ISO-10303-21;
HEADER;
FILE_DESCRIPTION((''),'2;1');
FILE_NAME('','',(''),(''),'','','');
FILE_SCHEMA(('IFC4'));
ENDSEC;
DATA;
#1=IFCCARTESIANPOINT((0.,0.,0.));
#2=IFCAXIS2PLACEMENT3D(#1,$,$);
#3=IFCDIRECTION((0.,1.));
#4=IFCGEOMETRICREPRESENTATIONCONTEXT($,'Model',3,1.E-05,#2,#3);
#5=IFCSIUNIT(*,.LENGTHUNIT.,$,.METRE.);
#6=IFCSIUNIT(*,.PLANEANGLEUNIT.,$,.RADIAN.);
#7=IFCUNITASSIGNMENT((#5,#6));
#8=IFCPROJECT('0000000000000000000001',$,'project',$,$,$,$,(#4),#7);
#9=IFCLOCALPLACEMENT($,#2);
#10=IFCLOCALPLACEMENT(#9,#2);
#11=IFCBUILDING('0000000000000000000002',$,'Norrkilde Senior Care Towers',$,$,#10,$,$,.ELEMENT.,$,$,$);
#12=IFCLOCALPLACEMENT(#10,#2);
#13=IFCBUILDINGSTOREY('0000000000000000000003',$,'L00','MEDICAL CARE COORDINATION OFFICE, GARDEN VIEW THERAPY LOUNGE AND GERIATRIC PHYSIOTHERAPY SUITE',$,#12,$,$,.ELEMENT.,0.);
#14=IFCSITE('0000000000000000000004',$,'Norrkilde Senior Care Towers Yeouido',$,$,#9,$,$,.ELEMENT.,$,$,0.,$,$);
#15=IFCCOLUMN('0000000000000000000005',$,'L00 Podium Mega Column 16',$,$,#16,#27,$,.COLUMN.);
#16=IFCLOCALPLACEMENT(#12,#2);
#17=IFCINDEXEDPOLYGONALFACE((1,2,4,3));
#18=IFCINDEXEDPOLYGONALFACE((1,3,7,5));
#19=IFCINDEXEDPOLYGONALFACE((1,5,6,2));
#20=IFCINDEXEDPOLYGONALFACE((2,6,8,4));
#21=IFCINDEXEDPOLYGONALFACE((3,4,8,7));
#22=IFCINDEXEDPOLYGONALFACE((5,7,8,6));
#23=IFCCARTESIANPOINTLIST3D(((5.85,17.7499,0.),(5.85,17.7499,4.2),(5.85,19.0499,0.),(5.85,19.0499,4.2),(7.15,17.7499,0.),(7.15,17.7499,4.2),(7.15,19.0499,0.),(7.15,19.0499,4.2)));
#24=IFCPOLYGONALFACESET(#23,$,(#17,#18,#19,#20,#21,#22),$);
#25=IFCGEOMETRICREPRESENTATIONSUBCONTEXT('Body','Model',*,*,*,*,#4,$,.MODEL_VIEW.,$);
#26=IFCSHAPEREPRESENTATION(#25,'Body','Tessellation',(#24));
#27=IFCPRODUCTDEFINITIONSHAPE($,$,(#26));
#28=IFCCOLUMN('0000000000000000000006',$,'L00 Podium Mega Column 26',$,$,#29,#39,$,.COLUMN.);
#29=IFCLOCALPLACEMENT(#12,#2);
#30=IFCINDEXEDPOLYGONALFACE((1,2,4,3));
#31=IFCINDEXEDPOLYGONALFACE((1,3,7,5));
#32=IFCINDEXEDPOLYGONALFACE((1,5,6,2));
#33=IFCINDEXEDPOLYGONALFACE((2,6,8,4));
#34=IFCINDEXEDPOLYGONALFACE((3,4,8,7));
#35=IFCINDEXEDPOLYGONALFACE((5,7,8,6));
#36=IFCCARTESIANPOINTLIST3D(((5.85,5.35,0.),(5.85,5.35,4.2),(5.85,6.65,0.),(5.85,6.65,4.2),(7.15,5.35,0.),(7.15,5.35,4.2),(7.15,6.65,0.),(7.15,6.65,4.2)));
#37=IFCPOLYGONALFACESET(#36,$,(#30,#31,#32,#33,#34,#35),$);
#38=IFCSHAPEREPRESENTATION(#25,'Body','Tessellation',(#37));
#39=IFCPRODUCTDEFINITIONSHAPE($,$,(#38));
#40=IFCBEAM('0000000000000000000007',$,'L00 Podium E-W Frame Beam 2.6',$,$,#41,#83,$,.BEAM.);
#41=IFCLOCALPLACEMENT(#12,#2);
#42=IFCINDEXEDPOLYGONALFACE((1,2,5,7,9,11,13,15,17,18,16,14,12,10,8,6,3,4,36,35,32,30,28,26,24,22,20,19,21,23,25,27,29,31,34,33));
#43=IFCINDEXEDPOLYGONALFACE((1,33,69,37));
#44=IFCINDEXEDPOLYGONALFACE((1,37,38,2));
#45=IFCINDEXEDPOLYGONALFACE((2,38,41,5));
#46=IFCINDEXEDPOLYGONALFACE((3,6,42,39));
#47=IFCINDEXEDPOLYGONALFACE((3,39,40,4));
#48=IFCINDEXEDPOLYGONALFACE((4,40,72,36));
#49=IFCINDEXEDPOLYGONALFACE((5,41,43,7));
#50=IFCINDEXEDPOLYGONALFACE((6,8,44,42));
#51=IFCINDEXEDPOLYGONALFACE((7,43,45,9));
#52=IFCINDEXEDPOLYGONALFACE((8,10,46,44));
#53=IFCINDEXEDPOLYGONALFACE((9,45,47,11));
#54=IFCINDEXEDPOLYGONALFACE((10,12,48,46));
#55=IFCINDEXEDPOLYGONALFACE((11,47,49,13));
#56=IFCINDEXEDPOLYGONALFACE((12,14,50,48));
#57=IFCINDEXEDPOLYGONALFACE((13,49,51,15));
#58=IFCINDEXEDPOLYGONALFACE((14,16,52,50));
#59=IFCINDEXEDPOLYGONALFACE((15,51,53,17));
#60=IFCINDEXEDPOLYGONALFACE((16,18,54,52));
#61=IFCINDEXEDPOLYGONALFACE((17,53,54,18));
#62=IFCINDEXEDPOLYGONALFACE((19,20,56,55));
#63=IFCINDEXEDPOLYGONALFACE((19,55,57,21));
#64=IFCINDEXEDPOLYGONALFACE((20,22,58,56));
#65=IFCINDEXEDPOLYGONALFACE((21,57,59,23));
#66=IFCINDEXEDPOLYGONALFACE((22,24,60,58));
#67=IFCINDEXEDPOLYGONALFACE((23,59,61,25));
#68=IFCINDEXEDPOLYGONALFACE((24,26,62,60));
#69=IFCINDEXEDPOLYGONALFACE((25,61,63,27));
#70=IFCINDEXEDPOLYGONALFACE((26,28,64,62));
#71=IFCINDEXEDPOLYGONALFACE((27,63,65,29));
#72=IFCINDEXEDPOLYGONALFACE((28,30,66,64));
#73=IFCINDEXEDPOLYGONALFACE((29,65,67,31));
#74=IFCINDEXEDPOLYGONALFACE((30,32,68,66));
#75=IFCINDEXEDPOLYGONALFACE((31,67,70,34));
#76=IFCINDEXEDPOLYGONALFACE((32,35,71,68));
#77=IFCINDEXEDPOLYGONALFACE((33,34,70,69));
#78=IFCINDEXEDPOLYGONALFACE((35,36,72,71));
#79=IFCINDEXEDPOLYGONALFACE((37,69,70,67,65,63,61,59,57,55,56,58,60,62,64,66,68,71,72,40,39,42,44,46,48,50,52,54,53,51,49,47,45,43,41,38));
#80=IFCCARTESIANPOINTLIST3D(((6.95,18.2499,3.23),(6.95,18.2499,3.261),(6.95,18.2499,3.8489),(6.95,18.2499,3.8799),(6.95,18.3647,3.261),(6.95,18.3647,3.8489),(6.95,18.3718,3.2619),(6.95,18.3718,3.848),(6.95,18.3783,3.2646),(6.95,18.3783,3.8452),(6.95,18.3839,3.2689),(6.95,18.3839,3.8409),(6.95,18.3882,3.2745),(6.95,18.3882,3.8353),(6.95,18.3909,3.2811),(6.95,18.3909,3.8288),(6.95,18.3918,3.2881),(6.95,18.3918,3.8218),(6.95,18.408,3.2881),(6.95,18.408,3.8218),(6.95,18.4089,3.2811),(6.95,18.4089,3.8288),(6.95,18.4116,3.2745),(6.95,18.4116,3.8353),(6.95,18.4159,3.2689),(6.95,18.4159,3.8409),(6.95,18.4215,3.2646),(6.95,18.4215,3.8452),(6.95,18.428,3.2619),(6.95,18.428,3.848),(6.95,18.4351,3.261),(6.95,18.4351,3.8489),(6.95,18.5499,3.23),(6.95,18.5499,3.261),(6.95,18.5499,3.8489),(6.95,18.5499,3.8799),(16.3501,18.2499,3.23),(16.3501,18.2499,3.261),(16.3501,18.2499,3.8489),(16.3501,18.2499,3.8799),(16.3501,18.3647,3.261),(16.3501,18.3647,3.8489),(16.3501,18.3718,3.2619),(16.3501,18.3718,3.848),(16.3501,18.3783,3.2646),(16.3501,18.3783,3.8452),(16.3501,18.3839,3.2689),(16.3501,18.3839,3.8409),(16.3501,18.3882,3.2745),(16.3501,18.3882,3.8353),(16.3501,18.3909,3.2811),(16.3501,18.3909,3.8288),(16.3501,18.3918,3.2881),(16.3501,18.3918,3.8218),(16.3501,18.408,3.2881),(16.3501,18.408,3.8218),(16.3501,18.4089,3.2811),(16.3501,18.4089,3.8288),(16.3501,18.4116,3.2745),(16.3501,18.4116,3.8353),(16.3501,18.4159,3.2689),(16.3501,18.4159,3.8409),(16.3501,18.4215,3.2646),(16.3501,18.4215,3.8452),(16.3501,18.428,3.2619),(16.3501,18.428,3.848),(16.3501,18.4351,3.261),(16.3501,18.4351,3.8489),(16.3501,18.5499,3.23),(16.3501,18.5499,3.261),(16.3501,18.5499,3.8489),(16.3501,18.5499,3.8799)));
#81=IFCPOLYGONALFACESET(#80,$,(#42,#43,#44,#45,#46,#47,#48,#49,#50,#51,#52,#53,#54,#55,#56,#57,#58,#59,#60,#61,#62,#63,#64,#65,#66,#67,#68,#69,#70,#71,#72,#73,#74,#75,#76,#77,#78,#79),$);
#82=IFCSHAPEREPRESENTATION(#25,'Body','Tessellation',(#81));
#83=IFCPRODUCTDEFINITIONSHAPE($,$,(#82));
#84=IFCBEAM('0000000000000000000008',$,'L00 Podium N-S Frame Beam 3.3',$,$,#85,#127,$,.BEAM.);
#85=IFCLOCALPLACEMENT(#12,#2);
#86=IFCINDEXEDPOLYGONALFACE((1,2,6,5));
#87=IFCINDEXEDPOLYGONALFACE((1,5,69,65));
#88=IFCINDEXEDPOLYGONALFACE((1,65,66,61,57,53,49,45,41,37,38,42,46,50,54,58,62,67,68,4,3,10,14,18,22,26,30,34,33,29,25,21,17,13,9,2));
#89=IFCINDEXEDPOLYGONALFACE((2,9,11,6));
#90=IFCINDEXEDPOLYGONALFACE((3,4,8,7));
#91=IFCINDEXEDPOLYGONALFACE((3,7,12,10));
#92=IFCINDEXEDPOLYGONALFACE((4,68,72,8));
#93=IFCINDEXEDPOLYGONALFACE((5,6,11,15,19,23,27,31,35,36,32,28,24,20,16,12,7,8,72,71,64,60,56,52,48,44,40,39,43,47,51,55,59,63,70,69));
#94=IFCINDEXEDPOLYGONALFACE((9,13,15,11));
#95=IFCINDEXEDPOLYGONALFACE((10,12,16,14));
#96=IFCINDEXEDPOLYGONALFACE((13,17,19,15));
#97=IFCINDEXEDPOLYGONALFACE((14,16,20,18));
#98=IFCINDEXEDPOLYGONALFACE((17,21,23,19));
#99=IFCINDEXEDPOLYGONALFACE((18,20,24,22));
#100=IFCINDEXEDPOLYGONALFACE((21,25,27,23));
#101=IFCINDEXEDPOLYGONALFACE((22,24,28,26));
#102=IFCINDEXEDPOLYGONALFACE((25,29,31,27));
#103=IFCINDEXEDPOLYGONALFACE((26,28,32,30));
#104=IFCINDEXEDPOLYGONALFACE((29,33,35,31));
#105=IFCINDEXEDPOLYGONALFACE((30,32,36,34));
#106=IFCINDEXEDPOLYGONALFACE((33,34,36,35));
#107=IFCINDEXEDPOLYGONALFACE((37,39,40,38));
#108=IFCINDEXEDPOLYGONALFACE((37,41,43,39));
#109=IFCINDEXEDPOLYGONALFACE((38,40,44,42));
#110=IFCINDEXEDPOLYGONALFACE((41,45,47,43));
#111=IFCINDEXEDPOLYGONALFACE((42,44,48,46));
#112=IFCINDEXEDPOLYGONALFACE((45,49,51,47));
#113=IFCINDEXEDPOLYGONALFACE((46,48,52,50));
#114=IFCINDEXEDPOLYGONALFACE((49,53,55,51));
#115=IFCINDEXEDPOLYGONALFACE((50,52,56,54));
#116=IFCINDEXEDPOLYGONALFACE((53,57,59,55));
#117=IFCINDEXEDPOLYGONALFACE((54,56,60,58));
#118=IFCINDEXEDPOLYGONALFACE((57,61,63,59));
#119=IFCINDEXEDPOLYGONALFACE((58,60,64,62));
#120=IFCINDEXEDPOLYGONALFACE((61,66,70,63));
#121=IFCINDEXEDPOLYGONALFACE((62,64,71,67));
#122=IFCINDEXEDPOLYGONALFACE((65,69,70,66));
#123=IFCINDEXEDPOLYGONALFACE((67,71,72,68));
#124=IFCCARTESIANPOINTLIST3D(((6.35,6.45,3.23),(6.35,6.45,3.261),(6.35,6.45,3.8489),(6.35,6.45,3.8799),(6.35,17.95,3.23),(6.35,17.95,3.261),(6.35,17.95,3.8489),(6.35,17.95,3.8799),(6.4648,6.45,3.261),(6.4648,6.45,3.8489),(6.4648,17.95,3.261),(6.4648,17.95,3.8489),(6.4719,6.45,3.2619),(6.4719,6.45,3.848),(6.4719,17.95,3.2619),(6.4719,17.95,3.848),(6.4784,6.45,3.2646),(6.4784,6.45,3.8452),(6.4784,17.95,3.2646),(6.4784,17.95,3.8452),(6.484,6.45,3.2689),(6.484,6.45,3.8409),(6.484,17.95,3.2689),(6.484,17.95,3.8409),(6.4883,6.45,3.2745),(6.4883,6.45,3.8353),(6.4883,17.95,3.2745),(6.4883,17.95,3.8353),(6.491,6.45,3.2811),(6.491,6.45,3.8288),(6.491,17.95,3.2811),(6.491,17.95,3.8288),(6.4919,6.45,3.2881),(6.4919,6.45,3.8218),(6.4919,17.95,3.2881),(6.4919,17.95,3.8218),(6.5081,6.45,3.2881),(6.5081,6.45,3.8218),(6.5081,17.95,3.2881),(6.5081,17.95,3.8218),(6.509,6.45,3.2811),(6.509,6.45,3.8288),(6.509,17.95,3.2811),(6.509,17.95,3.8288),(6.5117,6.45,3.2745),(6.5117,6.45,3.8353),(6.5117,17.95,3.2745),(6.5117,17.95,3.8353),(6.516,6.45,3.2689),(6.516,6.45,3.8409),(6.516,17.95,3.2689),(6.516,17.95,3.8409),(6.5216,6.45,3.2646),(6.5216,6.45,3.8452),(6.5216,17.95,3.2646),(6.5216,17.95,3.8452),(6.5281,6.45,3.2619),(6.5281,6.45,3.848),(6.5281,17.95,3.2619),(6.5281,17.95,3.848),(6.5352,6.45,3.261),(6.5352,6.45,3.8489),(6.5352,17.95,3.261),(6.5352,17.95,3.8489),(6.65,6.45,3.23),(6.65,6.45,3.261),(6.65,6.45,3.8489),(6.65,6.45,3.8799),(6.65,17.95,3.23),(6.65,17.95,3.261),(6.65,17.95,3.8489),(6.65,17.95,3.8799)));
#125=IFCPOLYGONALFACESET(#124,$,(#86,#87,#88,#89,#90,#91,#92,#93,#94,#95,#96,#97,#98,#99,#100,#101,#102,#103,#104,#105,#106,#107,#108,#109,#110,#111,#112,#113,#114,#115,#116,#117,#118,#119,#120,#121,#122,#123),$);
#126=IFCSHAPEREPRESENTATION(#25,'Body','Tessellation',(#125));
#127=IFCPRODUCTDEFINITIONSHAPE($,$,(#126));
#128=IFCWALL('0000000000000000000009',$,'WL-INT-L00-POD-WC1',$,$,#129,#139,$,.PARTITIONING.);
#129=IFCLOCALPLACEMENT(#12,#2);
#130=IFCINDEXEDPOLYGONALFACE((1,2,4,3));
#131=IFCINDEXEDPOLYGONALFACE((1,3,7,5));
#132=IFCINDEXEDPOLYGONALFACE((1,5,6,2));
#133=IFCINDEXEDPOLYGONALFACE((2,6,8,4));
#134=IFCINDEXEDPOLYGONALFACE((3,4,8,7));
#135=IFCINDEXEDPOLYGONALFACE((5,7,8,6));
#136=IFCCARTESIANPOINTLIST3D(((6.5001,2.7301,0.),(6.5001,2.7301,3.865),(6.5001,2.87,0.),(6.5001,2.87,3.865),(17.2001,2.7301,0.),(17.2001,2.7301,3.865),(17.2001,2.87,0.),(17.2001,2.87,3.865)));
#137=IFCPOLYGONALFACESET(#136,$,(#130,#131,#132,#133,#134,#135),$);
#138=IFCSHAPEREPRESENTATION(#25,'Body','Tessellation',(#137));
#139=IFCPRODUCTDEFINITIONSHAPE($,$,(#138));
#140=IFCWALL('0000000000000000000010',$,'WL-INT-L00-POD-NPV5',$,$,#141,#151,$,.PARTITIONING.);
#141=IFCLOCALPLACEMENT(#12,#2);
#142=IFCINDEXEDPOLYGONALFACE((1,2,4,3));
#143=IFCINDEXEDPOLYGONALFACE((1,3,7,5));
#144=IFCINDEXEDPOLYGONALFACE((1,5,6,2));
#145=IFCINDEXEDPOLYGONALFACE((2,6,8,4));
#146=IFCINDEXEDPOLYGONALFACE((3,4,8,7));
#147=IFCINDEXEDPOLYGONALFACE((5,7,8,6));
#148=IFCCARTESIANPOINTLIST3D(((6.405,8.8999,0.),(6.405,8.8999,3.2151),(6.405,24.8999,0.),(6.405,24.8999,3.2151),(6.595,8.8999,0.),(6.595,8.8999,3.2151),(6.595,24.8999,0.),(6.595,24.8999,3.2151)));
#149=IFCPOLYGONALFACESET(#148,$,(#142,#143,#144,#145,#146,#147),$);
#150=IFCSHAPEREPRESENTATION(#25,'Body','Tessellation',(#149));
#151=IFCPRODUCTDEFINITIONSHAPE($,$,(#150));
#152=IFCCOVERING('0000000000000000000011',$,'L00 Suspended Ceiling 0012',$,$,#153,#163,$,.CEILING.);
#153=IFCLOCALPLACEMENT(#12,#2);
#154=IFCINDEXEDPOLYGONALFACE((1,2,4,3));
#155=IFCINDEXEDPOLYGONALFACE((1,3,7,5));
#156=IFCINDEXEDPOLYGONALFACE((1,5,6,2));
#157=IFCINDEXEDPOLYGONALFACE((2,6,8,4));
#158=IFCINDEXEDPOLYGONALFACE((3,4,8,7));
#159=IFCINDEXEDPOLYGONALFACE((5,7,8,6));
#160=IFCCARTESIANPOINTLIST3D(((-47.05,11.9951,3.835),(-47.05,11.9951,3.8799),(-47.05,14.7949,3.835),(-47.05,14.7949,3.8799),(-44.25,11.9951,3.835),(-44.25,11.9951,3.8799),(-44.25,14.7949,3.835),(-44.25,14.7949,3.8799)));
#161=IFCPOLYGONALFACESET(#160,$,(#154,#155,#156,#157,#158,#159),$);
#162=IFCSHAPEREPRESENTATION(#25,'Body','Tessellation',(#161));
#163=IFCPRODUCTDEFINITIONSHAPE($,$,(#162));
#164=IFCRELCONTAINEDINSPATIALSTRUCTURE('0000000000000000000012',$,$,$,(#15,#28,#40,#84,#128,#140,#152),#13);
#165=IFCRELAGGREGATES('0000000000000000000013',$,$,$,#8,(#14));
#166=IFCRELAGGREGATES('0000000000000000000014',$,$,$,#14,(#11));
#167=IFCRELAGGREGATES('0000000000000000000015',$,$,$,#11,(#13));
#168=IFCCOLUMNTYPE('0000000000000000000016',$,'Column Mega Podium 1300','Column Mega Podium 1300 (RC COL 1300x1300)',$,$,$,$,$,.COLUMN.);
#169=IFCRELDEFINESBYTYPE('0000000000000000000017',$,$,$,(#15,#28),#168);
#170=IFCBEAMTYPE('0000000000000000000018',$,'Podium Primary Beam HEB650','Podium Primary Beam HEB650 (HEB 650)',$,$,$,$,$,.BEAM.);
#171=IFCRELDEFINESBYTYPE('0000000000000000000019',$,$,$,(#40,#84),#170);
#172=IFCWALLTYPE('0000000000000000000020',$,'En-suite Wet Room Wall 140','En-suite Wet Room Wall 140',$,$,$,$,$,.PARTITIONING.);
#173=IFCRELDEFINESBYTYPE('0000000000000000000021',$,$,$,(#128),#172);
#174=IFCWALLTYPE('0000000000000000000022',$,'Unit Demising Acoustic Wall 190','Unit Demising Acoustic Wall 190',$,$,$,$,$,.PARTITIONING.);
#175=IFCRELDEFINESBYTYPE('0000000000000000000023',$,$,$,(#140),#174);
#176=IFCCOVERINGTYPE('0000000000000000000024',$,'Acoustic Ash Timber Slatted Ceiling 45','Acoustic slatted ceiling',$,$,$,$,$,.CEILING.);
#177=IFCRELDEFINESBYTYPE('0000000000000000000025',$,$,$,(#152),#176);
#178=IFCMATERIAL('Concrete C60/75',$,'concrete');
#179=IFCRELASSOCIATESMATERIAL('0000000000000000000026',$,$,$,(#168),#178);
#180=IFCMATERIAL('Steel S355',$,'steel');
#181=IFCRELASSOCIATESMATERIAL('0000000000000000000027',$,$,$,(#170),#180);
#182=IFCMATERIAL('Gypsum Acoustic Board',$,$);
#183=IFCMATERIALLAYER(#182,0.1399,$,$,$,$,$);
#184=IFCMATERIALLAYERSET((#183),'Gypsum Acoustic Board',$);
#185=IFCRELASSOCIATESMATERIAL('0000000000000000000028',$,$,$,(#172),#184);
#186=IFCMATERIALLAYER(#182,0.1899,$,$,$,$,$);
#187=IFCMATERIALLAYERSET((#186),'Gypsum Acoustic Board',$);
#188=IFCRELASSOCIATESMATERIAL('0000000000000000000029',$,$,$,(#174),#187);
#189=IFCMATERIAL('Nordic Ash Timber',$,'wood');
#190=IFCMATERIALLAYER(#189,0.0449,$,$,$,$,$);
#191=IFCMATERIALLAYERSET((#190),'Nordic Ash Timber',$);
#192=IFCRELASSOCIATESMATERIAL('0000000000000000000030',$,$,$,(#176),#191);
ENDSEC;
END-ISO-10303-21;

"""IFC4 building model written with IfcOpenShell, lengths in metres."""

from ifc_helpers import new_model, si_unit, direction, frame, frame_2d, origin, origin_2d, place, context, subcontext, project, spatial, polyline, rectangle, i_section, outline, extrude, source, transform, mapped, material, layer, layer_set, material_profile, profile_set, type_object, type_shapes, element, save


model = new_model("IFC4")

# Units and contexts
model_context = context("Model", 3, precision=1e-05, world=origin(), true_north=direction((0.0, 1.0)))
body_context = subcontext(model_context, "Body", "Model", "MODEL_VIEW")
ifc_project = project(units=[si_unit("LENGTHUNIT", "METRE"), si_unit("PLANEANGLEUNIT", "RADIAN")], contexts=[model_context])

# Site, building, storey
site_placement = place(None, origin())
site = spatial("IfcSite", under=ifc_project, at=site_placement, Name="Norrkilde Senior Care Towers Yeouido", CompositionType="ELEMENT", RefElevation=0.0)
building_placement = place(site_placement, origin())
building = spatial("IfcBuilding", under=site, at=building_placement, Name="Norrkilde Senior Care Towers", CompositionType="ELEMENT")
storey_placement = place(building_placement, origin())
storey = spatial("IfcBuildingStorey", under=building, at=storey_placement, Name="L00", Description="MEDICAL CARE COORDINATION OFFICE, GARDEN VIEW THERAPY LOUNGE AND GERIATRIC PHYSIOTHERAPY SUITE", CompositionType="ELEMENT", Elevation=0.0)

# Columns
ifc_material_1 = material(Name="Concrete C60/75", Category="concrete")
ifc_material_profile_1 = material_profile(ifc_material_1, rectangle(XDim=1.3, YDim=1.3, at=origin_2d()), Name="RC COL 1300x1300")
ifc_profile_set_1 = profile_set([ifc_material_profile_1], Name="Concrete C60/75")
column_type = type_object("IfcColumnType", Name="Column Mega Podium 1300", Description="Column Mega Podium 1300 (RC COL 1300x1300)", PredefinedType="COLUMN", material=ifc_profile_set_1)
shared_shape_1 = source(origin(), body_context, "Body", "SweptSolid", [
    extrude(rectangle(XDim=1.3, YDim=1.3, at=origin_2d()), origin(), (0.0, 0.0, 1.0), 4.2),
])
type_shapes(column_type, [shared_shape_1])
for number, where, z_axis, x_axis, name in (
    (1, (6.5, 18.3999, 0.0), (0.0, 0.0, 1.0), (1.0, 0.0, 0.0), "L00 Podium Mega Column 16"),
    (2, (6.5, 6.0, 0.0), (0.0, 0.0, 1.0), (1.0, 0.0, 0.0), "L00 Podium Mega Column 26"),
):
    element("IfcColumn", number, at=place(storey_placement, frame(where, z_axis=z_axis, x_axis=x_axis)), inside=storey, type_object=column_type, Name=name, PredefinedType="COLUMN", context=body_context, shape_type="MappedRepresentation", body=[
        mapped(shared_shape_1, transform((0.0, 0.0, 0.0), x_axis=(1.0, 0.0, 0.0), y_axis=(0.0, 1.0, 0.0), z_axis=(0.0, 0.0, 1.0), scale=1.0)),
    ])

# Beams
ifc_material_2 = material(Name="Steel S355", Category="steel")
ifc_material_profile_2 = material_profile(ifc_material_2, i_section(OverallWidth=0.3, OverallDepth=0.6499, WebThickness=0.0161, FlangeThickness=0.031, FilletRadius=0.0271, at=origin_2d()), Name="HEB 650")
ifc_profile_set_2 = profile_set([ifc_material_profile_2], Name="Steel S355")
beam_type = type_object("IfcBeamType", Name="Podium Primary Beam HEB650", Description="Podium Primary Beam HEB650 (HEB 650)", PredefinedType="BEAM", material=ifc_profile_set_2)
shared_shape_2 = source(origin(), body_context, "Body", "SweptSolid", [
    extrude(i_section(OverallWidth=0.3, OverallDepth=0.6499, WebThickness=0.0161, FlangeThickness=0.031, FilletRadius=0.0271, at=origin_2d()), origin(), (0.0, 0.0, 1.0), 9.4001),
])
beam_1_placement = place(storey_placement, frame((6.95, 18.3999, 3.5549), z_axis=(1.0, 0.0, 0.0), x_axis=(0.0, 1.0, 0.0)))
element("IfcBeam", 3, at=beam_1_placement, inside=storey, type_object=beam_type, Name="L00 Podium E-W Frame Beam 2.6", PredefinedType="BEAM", context=body_context, shape_type="MappedRepresentation", body=[
    mapped(shared_shape_2, transform((0.0, 0.0, 0.0), x_axis=(1.0, 0.0, 0.0), y_axis=(0.0, 1.0, 0.0), z_axis=(0.0, 0.0, 1.0), scale=1.0)),
])
shared_shape_3 = source(origin(), body_context, "Body", "SweptSolid", [
    extrude(i_section(OverallWidth=0.3, OverallDepth=0.6499, WebThickness=0.0161, FlangeThickness=0.031, FilletRadius=0.0271, at=origin_2d()), origin(), (0.0, 0.0, 1.0), 11.5),
])
type_shapes(beam_type, [shared_shape_2, shared_shape_3])
beam_2_placement = place(storey_placement, frame((6.5, 6.45, 3.5549), z_axis=(0.0, 1.0, 0.0), x_axis=(-1.0, 0.0, 0.0)))
element("IfcBeam", 4, at=beam_2_placement, inside=storey, type_object=beam_type, Name="L00 Podium N-S Frame Beam 3.3", PredefinedType="BEAM", context=body_context, shape_type="MappedRepresentation", body=[
    mapped(shared_shape_3, transform((0.0, 0.0, 0.0), x_axis=(1.0, 0.0, 0.0), y_axis=(0.0, 1.0, 0.0), z_axis=(0.0, 0.0, 1.0), scale=1.0)),
])

# Walls
ifc_material_3 = material(Name="Gypsum Acoustic Board")
ifc_layer_1 = layer(ifc_material_3, 0.1399)
ifc_layer_set_1 = layer_set([ifc_layer_1], Name="Gypsum Acoustic Board")
wall_type_1 = type_object("IfcWallType", Name="En-suite Wet Room Wall 140", Description="En-suite Wet Room Wall 140", PredefinedType="PARTITIONING", material=ifc_layer_set_1)
shared_shape_4 = source(origin(), body_context, "Body", "SweptSolid", [
    extrude(rectangle(XDim=10.7, YDim=0.1399, at=frame_2d((5.3501, 0.0))), origin(), (0.0, 0.0, 1.0), 3.865),
])
type_shapes(wall_type_1, [shared_shape_4])
wall_1_placement = place(storey_placement, frame((6.5, 2.8, 0.0), z_axis=(0.0, 0.0, 1.0), x_axis=(1.0, 0.0, 0.0)))
element("IfcWall", 5, at=wall_1_placement, inside=storey, type_object=wall_type_1, Name="WL-INT-L00-POD-WC1", PredefinedType="PARTITIONING", context=body_context, shape_type="MappedRepresentation", body=[
    mapped(shared_shape_4, transform((0.0, 0.0, 0.0), x_axis=(1.0, 0.0, 0.0), y_axis=(0.0, 1.0, 0.0), z_axis=(0.0, 0.0, 1.0), scale=1.0)),
])
ifc_layer_2 = layer(ifc_material_3, 0.1899)
ifc_layer_set_2 = layer_set([ifc_layer_2], Name="Gypsum Acoustic Board")
wall_type_2 = type_object("IfcWallType", Name="Unit Demising Acoustic Wall 190", Description="Unit Demising Acoustic Wall 190", PredefinedType="PARTITIONING", material=ifc_layer_set_2)
shared_shape_5 = source(origin(), body_context, "Body", "SweptSolid", [
    extrude(rectangle(XDim=16.0, YDim=0.1899, at=frame_2d((8.0, 0.0))), origin(), (0.0, 0.0, 1.0), 3.2151),
])
type_shapes(wall_type_2, [shared_shape_5])
wall_2_placement = place(storey_placement, frame((6.5, 8.8999, 0.0), z_axis=(0.0, 0.0, 1.0), x_axis=(0.0, 1.0, 0.0)))
element("IfcWall", 6, at=wall_2_placement, inside=storey, type_object=wall_type_2, Name="WL-INT-L00-POD-NPV5", PredefinedType="PARTITIONING", context=body_context, shape_type="MappedRepresentation", body=[
    mapped(shared_shape_5, transform((0.0, 0.0, 0.0), x_axis=(1.0, 0.0, 0.0), y_axis=(0.0, 1.0, 0.0), z_axis=(0.0, 0.0, 1.0), scale=1.0)),
])

# Covering
ifc_material_4 = material(Name="Nordic Ash Timber", Category="wood")
ifc_layer_3 = layer(ifc_material_4, 0.0449)
ifc_layer_set_3 = layer_set([ifc_layer_3], Name="Nordic Ash Timber")
covering_type_1 = type_object("IfcCoveringType", Name="Acoustic Ash Timber Slatted Ceiling 45", Description="Acoustic slatted ceiling", PredefinedType="CEILING", material=ifc_layer_set_3)
covering_1_placement = place(storey_placement, frame((0.0, 0.0, 3.835)))
element("IfcCovering", 7, at=covering_1_placement, inside=storey, type_object=covering_type_1, Name="L00 Suspended Ceiling 0012", PredefinedType="CEILING", context=body_context, shape_type="SweptSolid", body=[
    extrude(outline(polyline([(-47.05, 11.9951), (-47.05, 14.7949), (-44.25, 14.7949), (-44.25, 11.9951), (-47.05, 11.9951)])), origin(), (0.0, 0.0, 1.0), 0.0449),
])

save(model, "model.ifc")
